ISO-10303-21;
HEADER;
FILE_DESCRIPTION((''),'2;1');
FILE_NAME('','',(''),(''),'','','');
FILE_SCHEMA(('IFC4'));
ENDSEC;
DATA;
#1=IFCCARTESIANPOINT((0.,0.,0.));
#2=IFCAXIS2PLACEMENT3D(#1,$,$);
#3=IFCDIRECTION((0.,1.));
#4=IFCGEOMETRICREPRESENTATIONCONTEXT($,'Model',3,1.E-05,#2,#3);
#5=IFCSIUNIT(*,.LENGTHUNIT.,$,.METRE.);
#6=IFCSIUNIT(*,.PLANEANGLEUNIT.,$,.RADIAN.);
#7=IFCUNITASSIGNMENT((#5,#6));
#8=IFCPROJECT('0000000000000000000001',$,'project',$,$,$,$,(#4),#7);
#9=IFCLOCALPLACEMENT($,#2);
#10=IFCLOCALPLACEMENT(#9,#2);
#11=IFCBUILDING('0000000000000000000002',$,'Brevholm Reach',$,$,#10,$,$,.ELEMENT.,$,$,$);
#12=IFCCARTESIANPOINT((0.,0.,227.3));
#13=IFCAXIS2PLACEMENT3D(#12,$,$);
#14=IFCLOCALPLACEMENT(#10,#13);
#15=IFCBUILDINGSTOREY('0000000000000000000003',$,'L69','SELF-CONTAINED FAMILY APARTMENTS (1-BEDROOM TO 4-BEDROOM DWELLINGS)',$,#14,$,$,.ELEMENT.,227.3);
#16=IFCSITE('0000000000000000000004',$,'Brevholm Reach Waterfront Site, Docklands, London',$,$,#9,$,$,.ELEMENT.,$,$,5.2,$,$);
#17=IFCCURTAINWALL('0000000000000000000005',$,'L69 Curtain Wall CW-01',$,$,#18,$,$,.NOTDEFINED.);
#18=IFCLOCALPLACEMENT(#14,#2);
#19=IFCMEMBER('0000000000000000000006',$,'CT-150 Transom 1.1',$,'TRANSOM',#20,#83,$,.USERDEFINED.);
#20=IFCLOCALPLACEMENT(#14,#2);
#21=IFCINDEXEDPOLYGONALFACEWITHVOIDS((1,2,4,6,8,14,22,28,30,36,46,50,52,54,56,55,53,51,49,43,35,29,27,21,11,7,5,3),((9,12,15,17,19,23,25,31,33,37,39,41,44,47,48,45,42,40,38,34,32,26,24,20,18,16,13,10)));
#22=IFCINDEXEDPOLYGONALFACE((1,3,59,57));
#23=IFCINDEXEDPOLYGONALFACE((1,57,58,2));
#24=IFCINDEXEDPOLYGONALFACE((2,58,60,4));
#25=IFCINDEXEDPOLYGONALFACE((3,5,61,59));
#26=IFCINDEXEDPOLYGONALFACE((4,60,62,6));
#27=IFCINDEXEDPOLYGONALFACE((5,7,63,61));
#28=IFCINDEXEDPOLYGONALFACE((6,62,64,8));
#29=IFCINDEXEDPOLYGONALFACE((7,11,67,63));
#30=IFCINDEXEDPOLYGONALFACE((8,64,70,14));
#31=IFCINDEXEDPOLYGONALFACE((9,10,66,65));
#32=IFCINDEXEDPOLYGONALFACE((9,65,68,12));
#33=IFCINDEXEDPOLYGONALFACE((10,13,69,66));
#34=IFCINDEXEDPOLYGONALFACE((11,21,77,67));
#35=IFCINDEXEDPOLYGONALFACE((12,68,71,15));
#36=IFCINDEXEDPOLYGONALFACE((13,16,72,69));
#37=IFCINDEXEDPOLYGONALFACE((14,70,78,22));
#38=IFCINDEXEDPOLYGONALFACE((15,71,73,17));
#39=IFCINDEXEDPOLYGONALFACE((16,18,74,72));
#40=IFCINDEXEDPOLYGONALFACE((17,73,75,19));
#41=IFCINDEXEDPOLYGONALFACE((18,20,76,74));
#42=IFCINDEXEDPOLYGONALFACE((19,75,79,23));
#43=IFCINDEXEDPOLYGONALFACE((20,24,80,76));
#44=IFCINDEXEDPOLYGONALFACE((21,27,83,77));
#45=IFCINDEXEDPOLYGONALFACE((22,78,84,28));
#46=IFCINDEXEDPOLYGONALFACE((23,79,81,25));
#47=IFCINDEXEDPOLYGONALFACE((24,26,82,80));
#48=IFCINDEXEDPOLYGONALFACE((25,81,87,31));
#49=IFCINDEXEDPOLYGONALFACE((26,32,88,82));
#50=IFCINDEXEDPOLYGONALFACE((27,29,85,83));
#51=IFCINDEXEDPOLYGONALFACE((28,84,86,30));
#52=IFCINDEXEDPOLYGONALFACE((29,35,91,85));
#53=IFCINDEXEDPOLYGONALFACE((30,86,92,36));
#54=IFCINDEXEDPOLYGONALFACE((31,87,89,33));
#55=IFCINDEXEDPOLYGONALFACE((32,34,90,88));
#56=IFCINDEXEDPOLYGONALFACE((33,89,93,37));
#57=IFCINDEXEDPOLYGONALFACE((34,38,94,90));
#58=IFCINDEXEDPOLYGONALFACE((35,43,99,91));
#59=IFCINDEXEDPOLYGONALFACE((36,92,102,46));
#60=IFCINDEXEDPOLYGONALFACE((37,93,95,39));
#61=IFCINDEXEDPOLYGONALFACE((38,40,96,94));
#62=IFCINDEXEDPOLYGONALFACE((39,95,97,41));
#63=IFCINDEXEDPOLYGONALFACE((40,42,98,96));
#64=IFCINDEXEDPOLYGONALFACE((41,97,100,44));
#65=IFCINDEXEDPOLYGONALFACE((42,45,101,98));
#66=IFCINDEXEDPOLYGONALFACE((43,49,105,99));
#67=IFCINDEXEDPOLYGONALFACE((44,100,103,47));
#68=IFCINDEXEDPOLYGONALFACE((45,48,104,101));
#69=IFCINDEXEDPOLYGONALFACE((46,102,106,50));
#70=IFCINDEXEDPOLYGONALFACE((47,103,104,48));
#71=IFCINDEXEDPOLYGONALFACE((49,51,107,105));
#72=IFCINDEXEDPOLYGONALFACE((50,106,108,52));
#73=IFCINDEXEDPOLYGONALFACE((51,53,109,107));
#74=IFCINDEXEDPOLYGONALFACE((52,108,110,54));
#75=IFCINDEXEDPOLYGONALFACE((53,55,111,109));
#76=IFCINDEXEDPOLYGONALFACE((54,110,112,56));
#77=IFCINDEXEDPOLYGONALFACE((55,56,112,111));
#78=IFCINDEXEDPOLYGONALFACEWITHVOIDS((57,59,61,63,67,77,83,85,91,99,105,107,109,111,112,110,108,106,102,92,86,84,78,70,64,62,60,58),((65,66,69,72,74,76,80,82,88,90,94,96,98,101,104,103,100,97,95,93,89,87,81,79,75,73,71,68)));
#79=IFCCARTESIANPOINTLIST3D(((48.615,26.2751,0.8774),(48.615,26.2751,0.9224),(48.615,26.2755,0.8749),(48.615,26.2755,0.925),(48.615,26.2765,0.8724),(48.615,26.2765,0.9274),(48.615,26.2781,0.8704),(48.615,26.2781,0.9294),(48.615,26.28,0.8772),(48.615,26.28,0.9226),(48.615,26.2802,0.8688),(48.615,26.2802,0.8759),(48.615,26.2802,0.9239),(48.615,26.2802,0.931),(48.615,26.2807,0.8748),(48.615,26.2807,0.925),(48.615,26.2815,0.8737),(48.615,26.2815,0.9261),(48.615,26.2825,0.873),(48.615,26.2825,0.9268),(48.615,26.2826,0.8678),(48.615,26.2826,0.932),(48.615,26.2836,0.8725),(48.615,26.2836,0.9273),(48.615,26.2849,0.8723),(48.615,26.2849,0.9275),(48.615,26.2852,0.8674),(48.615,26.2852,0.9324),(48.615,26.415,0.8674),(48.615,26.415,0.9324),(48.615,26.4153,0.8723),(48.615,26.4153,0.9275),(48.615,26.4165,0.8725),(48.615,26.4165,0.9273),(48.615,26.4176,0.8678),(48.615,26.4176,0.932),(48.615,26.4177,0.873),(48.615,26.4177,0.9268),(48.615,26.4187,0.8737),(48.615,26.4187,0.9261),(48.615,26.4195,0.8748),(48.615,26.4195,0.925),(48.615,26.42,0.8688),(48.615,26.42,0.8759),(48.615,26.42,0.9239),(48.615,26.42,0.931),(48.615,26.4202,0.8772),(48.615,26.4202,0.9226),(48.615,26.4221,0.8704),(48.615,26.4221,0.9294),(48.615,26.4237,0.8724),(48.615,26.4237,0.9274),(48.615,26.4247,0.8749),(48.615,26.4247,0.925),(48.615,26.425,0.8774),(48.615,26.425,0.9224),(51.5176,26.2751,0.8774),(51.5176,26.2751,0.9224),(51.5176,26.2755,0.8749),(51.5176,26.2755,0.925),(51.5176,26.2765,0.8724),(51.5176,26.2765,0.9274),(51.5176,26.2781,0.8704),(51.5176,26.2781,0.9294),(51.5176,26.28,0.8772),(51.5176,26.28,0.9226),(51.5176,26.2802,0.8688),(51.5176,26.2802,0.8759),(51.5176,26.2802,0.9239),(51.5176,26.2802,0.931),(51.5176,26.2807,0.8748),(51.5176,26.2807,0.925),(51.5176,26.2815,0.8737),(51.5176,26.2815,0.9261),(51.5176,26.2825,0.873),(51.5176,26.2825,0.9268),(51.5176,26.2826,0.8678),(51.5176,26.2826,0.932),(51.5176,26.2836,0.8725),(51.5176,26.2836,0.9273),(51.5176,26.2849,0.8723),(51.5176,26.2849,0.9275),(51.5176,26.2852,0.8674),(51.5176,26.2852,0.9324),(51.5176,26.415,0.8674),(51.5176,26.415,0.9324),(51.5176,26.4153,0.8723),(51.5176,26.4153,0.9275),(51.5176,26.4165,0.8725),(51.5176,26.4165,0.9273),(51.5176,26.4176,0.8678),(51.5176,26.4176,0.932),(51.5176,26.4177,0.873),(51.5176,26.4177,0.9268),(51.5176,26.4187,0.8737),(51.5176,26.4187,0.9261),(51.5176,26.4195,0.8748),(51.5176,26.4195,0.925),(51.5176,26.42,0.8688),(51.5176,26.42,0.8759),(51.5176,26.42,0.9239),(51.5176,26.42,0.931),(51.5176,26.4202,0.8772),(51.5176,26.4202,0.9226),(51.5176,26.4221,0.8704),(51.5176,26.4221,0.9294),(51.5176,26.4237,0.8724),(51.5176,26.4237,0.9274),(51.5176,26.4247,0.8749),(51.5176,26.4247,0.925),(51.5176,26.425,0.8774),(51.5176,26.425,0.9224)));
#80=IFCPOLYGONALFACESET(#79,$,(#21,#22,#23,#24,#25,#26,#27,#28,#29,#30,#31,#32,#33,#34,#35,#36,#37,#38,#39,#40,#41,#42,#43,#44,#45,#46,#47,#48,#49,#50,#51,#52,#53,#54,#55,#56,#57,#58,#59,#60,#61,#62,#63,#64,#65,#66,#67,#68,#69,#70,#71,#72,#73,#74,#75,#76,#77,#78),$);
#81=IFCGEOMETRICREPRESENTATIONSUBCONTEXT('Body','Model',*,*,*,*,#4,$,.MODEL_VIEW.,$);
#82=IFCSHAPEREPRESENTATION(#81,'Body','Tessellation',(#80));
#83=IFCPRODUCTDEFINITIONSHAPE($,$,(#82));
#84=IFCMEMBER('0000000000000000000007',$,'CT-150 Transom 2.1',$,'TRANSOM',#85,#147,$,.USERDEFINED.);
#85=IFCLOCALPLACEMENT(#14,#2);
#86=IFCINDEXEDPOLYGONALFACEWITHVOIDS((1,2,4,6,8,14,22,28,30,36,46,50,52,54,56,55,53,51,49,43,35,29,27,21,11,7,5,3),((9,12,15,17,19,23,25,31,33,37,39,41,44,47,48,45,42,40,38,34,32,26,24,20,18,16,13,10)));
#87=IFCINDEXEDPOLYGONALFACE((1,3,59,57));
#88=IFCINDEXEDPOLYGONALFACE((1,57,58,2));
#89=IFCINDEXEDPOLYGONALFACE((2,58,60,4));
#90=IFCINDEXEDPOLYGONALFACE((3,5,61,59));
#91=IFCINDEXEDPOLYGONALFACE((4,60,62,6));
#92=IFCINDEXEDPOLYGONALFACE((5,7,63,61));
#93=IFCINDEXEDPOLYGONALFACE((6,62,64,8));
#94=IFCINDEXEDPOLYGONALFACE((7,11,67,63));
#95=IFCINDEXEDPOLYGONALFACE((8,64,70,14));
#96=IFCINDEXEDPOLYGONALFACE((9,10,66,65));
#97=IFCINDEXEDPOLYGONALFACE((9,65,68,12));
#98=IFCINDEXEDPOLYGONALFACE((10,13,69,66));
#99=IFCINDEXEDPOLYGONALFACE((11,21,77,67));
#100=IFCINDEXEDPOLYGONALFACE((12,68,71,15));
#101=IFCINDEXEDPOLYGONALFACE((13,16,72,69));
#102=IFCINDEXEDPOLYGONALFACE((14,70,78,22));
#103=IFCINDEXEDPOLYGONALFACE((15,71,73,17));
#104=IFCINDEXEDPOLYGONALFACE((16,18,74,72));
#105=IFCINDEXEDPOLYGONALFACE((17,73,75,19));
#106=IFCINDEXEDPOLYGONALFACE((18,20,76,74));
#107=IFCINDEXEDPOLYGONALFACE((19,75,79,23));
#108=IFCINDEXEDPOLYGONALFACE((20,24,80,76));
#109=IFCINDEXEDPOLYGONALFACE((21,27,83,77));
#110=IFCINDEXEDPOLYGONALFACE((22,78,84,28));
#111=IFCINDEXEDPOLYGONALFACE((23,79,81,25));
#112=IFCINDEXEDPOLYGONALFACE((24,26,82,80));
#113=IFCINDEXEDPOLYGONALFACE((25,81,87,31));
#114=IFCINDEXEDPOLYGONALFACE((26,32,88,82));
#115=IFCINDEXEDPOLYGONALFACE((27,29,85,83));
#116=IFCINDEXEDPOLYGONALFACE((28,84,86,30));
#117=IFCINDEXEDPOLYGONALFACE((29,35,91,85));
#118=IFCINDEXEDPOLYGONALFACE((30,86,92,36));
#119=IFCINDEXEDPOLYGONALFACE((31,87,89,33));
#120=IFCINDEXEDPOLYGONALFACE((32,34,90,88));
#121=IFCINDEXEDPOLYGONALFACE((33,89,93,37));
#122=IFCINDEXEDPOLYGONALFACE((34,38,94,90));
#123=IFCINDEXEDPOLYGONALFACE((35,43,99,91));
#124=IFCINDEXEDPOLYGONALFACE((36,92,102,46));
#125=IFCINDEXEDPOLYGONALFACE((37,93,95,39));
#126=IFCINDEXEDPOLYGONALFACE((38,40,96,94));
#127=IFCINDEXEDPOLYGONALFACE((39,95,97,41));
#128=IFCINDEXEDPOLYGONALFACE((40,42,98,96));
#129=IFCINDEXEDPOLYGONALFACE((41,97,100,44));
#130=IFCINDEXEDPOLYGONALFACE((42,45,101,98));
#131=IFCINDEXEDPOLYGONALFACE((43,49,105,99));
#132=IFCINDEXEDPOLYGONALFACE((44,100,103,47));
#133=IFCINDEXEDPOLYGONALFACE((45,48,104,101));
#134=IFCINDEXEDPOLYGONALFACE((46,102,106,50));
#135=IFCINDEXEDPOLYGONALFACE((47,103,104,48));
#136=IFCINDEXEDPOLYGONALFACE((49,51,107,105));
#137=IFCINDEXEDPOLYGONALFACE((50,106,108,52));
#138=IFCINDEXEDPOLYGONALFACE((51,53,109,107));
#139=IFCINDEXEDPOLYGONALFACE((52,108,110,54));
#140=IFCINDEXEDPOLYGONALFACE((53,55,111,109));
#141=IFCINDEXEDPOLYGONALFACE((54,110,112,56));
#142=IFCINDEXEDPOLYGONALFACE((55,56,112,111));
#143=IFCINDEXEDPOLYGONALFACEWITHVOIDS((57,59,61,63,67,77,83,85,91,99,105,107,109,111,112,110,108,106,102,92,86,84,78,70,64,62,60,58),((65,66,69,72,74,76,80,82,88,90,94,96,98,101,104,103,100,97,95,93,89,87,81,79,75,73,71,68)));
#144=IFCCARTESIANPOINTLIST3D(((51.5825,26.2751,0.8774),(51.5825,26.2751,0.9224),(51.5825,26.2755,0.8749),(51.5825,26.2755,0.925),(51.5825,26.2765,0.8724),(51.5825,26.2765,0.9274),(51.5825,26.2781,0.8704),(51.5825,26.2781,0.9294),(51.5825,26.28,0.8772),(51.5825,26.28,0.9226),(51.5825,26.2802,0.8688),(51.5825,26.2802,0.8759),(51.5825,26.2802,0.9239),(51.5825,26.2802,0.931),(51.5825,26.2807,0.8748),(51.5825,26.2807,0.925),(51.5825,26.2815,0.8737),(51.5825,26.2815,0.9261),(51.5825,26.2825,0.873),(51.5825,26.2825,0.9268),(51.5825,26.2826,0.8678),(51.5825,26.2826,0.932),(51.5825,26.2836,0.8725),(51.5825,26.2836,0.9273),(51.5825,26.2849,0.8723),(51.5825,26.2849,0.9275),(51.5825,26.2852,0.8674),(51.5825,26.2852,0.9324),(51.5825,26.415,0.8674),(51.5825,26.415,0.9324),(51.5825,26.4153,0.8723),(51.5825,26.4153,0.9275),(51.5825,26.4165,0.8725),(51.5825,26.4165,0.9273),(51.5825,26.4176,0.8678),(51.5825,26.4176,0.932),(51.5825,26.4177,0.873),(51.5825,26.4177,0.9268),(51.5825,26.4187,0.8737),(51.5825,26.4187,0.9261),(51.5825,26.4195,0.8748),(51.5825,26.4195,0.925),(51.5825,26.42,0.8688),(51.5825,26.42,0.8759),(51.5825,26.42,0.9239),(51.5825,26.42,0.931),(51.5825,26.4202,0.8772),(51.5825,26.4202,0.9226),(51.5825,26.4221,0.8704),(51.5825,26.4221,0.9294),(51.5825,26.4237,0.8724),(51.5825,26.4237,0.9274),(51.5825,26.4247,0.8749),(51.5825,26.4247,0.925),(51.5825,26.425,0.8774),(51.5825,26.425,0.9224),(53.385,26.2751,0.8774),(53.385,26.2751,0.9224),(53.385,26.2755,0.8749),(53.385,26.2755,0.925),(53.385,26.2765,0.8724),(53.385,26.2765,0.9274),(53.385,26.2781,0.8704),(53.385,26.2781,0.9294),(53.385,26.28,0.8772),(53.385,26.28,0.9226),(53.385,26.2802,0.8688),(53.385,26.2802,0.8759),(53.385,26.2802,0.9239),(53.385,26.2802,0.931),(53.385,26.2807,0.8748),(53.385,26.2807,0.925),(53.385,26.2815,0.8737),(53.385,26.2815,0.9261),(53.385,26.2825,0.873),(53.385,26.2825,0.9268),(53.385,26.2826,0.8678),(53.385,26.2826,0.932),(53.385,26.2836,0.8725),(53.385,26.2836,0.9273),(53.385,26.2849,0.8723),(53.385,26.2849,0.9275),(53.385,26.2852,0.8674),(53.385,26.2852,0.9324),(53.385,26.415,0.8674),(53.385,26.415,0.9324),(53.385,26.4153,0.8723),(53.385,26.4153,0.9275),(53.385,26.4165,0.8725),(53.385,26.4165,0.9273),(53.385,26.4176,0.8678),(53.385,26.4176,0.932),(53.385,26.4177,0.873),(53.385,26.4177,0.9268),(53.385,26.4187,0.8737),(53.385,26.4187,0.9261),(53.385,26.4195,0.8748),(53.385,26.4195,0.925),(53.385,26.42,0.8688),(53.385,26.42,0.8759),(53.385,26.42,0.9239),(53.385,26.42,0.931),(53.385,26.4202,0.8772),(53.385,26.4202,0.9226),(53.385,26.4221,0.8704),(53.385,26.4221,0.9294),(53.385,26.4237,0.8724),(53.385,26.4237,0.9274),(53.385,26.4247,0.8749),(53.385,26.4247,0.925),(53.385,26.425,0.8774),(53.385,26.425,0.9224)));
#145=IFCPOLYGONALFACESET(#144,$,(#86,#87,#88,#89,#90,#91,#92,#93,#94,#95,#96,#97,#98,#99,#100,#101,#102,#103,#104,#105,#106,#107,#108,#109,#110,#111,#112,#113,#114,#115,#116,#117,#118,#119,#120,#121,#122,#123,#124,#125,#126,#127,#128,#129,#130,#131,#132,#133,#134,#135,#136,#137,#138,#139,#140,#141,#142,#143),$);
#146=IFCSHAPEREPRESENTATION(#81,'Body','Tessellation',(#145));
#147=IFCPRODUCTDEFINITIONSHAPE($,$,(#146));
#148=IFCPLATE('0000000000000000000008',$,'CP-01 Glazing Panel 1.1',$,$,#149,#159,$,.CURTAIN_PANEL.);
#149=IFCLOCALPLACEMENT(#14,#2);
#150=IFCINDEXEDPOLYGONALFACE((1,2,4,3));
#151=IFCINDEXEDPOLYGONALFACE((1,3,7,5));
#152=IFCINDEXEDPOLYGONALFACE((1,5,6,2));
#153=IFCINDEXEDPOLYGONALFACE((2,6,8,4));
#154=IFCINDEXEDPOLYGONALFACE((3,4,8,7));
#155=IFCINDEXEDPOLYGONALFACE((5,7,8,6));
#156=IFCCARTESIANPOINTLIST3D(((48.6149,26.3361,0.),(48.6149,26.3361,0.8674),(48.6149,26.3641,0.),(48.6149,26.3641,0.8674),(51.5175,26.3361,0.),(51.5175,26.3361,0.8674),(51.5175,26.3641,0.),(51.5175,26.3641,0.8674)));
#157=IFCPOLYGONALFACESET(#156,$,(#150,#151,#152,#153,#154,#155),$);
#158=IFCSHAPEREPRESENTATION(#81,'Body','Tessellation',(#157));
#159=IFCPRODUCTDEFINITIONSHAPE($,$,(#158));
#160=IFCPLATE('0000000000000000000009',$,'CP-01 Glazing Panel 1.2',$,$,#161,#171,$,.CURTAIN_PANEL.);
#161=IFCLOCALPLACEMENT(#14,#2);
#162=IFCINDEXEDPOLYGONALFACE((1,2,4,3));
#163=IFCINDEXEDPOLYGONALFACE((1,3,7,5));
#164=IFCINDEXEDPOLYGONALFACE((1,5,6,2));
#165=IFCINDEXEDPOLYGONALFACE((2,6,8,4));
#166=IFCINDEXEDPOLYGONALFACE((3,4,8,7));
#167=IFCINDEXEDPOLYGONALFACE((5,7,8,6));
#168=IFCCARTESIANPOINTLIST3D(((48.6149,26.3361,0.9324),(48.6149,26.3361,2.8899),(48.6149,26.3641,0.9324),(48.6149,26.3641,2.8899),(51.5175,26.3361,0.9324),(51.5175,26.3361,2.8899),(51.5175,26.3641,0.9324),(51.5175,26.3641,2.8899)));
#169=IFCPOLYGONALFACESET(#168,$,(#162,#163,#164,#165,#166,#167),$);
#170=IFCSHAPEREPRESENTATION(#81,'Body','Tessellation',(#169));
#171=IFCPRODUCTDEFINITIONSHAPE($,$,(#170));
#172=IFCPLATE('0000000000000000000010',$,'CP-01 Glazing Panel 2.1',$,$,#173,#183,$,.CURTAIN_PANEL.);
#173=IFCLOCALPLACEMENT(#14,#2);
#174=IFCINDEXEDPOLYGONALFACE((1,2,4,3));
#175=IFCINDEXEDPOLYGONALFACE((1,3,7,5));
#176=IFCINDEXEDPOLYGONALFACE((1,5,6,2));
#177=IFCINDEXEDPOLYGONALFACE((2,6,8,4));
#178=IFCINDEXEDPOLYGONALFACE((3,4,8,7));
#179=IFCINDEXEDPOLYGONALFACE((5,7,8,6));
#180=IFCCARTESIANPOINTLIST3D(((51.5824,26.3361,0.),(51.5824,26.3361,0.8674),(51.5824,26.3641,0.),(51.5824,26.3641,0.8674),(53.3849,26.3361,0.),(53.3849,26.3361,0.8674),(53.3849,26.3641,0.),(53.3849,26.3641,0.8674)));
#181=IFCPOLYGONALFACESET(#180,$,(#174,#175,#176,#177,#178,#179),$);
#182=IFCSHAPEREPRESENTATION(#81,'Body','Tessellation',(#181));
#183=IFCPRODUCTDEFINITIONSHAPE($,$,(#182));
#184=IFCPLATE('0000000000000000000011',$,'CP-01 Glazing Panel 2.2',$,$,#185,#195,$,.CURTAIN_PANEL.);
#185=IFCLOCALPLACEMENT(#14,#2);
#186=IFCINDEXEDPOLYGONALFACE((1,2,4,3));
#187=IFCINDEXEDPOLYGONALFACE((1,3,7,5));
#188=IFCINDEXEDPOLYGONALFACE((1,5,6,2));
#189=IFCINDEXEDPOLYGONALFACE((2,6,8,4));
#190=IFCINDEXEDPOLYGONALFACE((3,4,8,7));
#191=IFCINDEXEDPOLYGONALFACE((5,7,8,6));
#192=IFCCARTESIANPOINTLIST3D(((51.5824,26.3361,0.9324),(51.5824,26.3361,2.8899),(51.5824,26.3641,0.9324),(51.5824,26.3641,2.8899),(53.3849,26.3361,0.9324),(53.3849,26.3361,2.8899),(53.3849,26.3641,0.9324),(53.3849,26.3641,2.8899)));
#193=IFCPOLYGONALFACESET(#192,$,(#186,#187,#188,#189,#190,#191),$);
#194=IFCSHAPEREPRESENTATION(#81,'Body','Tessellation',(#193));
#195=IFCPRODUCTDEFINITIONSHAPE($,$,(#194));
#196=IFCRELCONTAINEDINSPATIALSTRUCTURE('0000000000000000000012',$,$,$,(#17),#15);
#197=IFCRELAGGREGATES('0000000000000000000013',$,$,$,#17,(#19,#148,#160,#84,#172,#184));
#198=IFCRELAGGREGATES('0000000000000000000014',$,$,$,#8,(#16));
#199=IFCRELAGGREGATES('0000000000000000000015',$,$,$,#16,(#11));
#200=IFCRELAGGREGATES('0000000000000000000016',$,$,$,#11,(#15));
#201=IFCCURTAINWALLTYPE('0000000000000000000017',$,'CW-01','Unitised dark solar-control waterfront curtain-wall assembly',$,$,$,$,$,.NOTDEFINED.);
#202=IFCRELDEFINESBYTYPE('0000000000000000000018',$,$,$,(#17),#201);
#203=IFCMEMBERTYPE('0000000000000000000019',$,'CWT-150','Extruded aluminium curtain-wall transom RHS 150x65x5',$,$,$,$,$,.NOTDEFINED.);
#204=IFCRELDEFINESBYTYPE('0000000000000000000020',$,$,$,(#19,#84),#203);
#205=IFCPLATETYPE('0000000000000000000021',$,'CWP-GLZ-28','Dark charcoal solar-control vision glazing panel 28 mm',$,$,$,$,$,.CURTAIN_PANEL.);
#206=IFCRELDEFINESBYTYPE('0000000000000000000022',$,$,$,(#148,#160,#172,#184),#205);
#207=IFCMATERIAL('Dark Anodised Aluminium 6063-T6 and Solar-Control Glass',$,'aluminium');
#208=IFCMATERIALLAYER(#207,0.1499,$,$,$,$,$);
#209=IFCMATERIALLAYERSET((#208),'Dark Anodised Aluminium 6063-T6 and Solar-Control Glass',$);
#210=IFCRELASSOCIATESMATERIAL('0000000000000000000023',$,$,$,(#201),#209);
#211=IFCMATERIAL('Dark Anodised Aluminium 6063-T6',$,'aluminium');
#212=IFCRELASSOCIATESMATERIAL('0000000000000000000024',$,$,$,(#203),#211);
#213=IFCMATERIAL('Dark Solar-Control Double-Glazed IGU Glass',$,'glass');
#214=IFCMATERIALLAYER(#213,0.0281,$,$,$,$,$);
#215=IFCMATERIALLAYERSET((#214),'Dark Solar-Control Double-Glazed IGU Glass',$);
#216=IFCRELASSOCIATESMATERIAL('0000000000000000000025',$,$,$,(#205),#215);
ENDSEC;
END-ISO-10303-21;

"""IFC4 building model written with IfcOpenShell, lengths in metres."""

from ifc_helpers import new_model, si_unit, direction, frame, origin, origin_2d, place, context, subcontext, project, spatial, rectangle, hollow_rectangle, extrude, material, layer, layer_set, material_profile, profile_set, type_object, element, aggregate, save


model = new_model("IFC4")

# Units and contexts
model_context = context("Model", 3, precision=1e-05, world=origin(), true_north=direction((0.0, 1.0)))
body_context = subcontext(model_context, "Body", "Model", "MODEL_VIEW")
ifc_project = project(units=[si_unit("LENGTHUNIT", "METRE"), si_unit("PLANEANGLEUNIT", "RADIAN")], contexts=[model_context])

# Site, building, storey
site_placement = place(None, origin())
site = spatial("IfcSite", under=ifc_project, at=site_placement, Name="Brevholm Reach Waterfront Site, Docklands, London", CompositionType="ELEMENT", RefElevation=5.2)
building_placement = place(site_placement, origin())
building = spatial("IfcBuilding", under=site, at=building_placement, Name="Brevholm Reach", CompositionType="ELEMENT")
storey_placement = place(building_placement, frame((0.0, 0.0, 227.3)))
storey = spatial("IfcBuildingStorey", under=building, at=storey_placement, Name="L69", Description="SELF-CONTAINED FAMILY APARTMENTS (1-BEDROOM TO 4-BEDROOM DWELLINGS)", CompositionType="ELEMENT", Elevation=227.3)

# Curtain wall, members, plates
ifc_material_1 = material(Name="Dark Anodised Aluminium 6063-T6 and Solar-Control Glass", Category="aluminium")
ifc_layer_1 = layer(ifc_material_1, 0.1499)
ifc_layer_set_1 = layer_set([ifc_layer_1], Name="Dark Anodised Aluminium 6063-T6 and Solar-Control Glass")
curtain_wall_type = type_object("IfcCurtainWallType", Name="CW-01", Description="Unitised dark solar-control waterfront curtain-wall assembly", PredefinedType="NOTDEFINED", material=ifc_layer_set_1)
curtain_wall_placement = place(storey_placement, origin())
curtain_wall = element("IfcCurtainWall", 1, at=curtain_wall_placement, inside=storey, type_object=curtain_wall_type, Name="L69 Curtain Wall CW-01", PredefinedType="NOTDEFINED")
ifc_material_2 = material(Name="Dark Anodised Aluminium 6063-T6", Category="aluminium")
ifc_material_profile_1 = material_profile(ifc_material_2, hollow_rectangle(XDim=0.0649, YDim=0.1499, WallThickness=0.0049, InnerFilletRadius=0.0049, OuterFilletRadius=0.01, at=origin_2d()), Name="RHS 150x65x5")
ifc_profile_set_1 = profile_set([ifc_material_profile_1], Name="Dark Anodised Aluminium 6063-T6")
member_type_1 = type_object("IfcMemberType", Name="CWT-150", Description="Extruded aluminium curtain-wall transom RHS 150x65x5", PredefinedType="NOTDEFINED", material=ifc_profile_set_1)
member_1_placement = place(storey_placement, frame((48.615, 26.3501, 0.8999), z_axis=(1.0, 0.0, 0.0), x_axis=(0.0, 0.0, 1.0)))
member_1 = element("IfcMember", 2, at=member_1_placement, type_object=member_type_1, Name="CT-150 Transom 1.1", ObjectType="TRANSOM", PredefinedType="USERDEFINED", context=body_context, shape_type="SweptSolid", body=[
    extrude(hollow_rectangle(XDim=0.0649, YDim=0.1499, WallThickness=0.0049, InnerFilletRadius=0.0049, OuterFilletRadius=0.01, at=origin_2d()), origin(), (0.0, 0.0, 1.0), 2.9026),
])
member_2_placement = place(storey_placement, frame((51.5825, 26.3501, 0.8999), z_axis=(1.0, 0.0, 0.0), x_axis=(0.0, 0.0, 1.0)))
member_2 = element("IfcMember", 3, at=member_2_placement, type_object=member_type_1, Name="CT-150 Transom 2.1", ObjectType="TRANSOM", PredefinedType="USERDEFINED", context=body_context, shape_type="SweptSolid", body=[
    extrude(hollow_rectangle(XDim=0.0649, YDim=0.1499, WallThickness=0.0049, InnerFilletRadius=0.0049, OuterFilletRadius=0.01, at=origin_2d()), origin(), (0.0, 0.0, 1.0), 1.8025),
])
ifc_material_3 = material(Name="Dark Solar-Control Double-Glazed IGU Glass", Category="glass")
ifc_layer_2 = layer(ifc_material_3, 0.0281)
ifc_layer_set_2 = layer_set([ifc_layer_2], Name="Dark Solar-Control Double-Glazed IGU Glass")
plate_type = type_object("IfcPlateType", Name="CWP-GLZ-28", Description="Dark charcoal solar-control vision glazing panel 28 mm", PredefinedType="CURTAIN_PANEL", material=ifc_layer_set_2)
plate_1_placement = place(storey_placement, frame((50.0662, 26.3501, 0.0), z_axis=(0.0, 0.0, 1.0), x_axis=(1.0, 0.0, 0.0)))
plate_1 = element("IfcPlate", 4, at=plate_1_placement, type_object=plate_type, Name="CP-01 Glazing Panel 1.1", PredefinedType="CURTAIN_PANEL", context=body_context, shape_type="SweptSolid", body=[
    extrude(rectangle(XDim=2.9026, YDim=0.0281, at=origin_2d()), origin(), (0.0, 0.0, 1.0), 0.8674),
])
plate_2_placement = place(storey_placement, frame((50.0662, 26.3501, 0.9324), z_axis=(0.0, 0.0, 1.0), x_axis=(1.0, 0.0, 0.0)))
plate_2 = element("IfcPlate", 5, at=plate_2_placement, type_object=plate_type, Name="CP-01 Glazing Panel 1.2", PredefinedType="CURTAIN_PANEL", context=body_context, shape_type="SweptSolid", body=[
    extrude(rectangle(XDim=2.9026, YDim=0.0281, at=origin_2d()), origin(), (0.0, 0.0, 1.0), 1.9575),
])
plate_3_placement = place(storey_placement, frame((52.4836, 26.3501, 0.0), z_axis=(0.0, 0.0, 1.0), x_axis=(1.0, 0.0, 0.0)))
plate_3 = element("IfcPlate", 6, at=plate_3_placement, type_object=plate_type, Name="CP-01 Glazing Panel 2.1", PredefinedType="CURTAIN_PANEL", context=body_context, shape_type="SweptSolid", body=[
    extrude(rectangle(XDim=1.8025, YDim=0.0281, at=origin_2d()), origin(), (0.0, 0.0, 1.0), 0.8674),
])
plate_4_placement = place(storey_placement, frame((52.4836, 26.3501, 0.9324), z_axis=(0.0, 0.0, 1.0), x_axis=(1.0, 0.0, 0.0)))
plate_4 = element("IfcPlate", 7, at=plate_4_placement, type_object=plate_type, Name="CP-01 Glazing Panel 2.2", PredefinedType="CURTAIN_PANEL", context=body_context, shape_type="SweptSolid", body=[
    extrude(rectangle(XDim=1.8025, YDim=0.0281, at=origin_2d()), origin(), (0.0, 0.0, 1.0), 1.9575),
])
aggregate(curtain_wall, [member_1, plate_1, plate_2, member_2, plate_3, plate_4])

save(model, "model.ifc")
